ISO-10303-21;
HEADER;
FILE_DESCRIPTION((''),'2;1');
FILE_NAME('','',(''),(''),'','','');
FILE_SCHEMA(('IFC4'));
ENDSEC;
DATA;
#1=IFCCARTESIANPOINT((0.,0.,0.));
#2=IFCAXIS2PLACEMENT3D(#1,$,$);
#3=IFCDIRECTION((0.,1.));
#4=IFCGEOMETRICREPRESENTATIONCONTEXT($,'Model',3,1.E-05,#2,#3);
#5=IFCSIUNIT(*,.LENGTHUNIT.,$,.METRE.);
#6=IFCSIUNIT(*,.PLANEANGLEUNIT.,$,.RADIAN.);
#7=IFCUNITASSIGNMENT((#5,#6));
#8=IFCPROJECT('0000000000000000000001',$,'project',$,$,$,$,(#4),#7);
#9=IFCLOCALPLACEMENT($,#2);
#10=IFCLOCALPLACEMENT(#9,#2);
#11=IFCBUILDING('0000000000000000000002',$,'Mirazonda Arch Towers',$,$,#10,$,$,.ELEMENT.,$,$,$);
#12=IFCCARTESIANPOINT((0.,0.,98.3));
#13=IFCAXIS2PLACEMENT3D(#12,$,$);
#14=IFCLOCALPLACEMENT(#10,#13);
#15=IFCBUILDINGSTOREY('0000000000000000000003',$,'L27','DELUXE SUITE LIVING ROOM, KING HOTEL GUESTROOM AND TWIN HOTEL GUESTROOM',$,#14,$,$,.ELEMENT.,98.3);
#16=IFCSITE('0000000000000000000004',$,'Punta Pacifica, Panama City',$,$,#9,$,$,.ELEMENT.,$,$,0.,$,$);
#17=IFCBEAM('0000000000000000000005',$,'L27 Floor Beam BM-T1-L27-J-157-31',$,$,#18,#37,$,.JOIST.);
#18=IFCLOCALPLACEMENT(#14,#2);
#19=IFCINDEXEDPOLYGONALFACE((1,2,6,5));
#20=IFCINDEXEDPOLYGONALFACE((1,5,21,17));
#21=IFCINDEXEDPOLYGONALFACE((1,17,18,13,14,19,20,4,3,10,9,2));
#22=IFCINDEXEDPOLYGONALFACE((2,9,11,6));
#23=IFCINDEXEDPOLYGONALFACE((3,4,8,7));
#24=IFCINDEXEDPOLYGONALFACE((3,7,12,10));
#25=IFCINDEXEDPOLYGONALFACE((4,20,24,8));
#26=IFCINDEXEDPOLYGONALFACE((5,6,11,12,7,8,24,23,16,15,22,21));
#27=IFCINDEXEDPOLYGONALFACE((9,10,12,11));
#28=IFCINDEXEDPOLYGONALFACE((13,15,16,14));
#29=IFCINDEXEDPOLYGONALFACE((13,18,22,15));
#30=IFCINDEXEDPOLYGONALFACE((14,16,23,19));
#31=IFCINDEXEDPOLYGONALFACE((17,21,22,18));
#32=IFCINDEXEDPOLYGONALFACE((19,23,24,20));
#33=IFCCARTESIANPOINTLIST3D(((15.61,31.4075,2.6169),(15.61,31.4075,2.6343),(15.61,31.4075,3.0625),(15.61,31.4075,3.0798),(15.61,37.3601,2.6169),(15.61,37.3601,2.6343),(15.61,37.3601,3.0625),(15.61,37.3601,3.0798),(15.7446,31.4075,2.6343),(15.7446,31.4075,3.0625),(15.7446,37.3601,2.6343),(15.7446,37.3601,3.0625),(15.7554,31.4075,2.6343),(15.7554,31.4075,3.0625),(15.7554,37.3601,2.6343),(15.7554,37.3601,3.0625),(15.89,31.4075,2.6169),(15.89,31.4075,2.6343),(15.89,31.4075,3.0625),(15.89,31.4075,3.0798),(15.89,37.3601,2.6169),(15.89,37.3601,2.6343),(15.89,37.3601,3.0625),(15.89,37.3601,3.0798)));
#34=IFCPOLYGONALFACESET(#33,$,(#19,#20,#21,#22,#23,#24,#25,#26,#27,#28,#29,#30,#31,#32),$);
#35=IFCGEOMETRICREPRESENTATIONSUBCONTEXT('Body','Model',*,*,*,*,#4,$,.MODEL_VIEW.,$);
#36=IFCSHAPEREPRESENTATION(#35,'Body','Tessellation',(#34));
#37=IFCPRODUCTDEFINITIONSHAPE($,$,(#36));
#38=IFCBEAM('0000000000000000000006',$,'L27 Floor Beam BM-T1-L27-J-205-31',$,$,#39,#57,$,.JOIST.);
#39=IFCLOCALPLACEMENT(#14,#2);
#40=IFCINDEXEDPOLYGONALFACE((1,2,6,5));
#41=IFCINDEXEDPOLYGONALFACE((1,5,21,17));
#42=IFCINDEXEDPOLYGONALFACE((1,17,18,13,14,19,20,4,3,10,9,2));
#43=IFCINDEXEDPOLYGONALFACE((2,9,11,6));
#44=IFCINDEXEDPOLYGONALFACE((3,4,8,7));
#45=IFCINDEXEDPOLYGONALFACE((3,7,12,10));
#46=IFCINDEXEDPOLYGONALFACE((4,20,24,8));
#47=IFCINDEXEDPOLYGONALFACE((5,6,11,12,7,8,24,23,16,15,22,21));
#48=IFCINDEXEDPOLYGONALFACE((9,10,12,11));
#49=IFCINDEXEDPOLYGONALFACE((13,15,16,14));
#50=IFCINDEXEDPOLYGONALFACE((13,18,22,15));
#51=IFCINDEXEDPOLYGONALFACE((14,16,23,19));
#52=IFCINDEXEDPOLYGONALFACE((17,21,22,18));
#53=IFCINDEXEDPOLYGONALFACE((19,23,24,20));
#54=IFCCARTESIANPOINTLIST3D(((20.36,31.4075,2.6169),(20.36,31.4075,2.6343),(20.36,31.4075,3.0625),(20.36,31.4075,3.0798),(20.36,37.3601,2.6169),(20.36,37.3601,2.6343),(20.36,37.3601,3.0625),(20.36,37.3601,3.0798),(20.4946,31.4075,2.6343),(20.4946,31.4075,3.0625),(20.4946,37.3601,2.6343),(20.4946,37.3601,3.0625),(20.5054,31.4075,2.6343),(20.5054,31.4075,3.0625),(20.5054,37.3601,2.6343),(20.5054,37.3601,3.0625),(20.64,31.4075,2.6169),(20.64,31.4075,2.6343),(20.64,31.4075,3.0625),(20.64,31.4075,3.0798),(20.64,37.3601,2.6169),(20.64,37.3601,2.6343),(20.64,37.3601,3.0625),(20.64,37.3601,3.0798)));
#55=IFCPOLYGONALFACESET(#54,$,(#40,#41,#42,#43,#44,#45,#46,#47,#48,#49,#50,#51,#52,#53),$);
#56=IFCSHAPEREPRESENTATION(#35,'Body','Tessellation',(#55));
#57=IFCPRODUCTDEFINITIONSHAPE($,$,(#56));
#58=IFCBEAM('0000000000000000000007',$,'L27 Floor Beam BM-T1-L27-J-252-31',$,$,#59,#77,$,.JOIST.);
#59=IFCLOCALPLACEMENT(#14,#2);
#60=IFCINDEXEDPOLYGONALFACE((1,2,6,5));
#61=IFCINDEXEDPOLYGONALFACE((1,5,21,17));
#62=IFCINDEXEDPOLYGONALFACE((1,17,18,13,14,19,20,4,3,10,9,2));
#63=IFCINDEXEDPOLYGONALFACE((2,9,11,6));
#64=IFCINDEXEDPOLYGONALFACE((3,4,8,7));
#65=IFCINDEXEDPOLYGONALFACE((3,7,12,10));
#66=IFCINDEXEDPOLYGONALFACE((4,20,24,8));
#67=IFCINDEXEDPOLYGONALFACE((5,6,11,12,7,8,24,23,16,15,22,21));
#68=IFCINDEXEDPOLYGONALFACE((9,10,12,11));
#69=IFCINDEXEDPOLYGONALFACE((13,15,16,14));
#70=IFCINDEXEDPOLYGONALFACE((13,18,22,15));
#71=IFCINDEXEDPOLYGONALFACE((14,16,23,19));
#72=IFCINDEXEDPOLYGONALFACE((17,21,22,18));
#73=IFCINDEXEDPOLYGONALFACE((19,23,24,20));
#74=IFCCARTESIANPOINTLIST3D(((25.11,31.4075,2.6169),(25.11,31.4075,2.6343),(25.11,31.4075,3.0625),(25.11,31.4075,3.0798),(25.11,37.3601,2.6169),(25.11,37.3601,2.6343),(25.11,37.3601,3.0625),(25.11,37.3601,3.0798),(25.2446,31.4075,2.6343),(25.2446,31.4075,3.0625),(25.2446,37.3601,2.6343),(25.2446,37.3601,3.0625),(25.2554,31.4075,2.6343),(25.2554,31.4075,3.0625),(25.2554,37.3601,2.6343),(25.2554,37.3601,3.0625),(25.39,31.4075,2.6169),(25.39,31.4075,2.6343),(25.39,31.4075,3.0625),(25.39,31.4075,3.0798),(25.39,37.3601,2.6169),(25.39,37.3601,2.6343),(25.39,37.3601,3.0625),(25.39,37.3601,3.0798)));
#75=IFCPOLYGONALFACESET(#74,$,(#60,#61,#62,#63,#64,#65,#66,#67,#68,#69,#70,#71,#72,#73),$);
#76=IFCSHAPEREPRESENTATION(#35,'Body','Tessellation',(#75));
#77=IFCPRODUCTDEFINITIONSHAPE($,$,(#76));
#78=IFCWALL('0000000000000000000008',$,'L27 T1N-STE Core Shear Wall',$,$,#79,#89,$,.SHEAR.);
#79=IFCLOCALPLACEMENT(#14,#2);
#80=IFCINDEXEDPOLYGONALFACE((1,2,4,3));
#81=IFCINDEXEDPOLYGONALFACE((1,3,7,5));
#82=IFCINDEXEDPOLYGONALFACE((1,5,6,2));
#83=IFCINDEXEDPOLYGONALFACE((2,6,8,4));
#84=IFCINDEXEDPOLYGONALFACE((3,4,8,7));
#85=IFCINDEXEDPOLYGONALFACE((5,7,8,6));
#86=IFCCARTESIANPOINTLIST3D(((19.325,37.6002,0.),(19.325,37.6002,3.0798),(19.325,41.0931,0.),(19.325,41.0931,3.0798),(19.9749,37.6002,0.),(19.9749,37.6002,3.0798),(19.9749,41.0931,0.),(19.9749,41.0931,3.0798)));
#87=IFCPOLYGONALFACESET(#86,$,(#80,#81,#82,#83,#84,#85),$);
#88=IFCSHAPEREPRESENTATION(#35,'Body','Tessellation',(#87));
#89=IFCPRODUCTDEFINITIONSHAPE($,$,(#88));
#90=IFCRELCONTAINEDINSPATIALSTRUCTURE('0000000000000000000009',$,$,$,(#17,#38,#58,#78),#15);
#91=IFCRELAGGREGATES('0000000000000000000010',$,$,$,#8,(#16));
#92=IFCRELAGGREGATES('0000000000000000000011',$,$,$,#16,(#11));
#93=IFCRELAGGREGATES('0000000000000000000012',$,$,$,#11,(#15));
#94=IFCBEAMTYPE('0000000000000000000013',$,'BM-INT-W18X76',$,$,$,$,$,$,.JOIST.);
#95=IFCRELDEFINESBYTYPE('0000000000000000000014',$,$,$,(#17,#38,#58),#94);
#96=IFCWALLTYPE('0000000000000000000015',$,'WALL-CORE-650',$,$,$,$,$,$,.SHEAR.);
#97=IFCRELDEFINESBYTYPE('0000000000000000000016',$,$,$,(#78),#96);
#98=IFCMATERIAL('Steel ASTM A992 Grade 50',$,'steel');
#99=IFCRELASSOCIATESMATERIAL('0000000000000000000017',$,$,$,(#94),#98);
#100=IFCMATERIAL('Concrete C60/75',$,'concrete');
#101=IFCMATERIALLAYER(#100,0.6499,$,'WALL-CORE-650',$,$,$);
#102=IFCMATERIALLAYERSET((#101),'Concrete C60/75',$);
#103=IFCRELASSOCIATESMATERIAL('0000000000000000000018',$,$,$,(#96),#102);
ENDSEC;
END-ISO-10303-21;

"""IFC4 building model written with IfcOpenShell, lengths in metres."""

from ifc_helpers import new_model, si_unit, direction, frame, frame_2d, origin, origin_2d, place, context, subcontext, project, spatial, rectangle, i_section, extrude, material, layer, layer_set, material_profile, profile_set, type_object, element, save


model = new_model("IFC4")

# Units and contexts
model_context = context("Model", 3, precision=1e-05, world=origin(), true_north=direction((0.0, 1.0)))
body_context = subcontext(model_context, "Body", "Model", "MODEL_VIEW")
ifc_project = project(units=[si_unit("LENGTHUNIT", "METRE"), si_unit("PLANEANGLEUNIT", "RADIAN")], contexts=[model_context])

# Site, building, storey
site_placement = place(None, origin())
site = spatial("IfcSite", under=ifc_project, at=site_placement, Name="Punta Pacifica, Panama City", CompositionType="ELEMENT", RefElevation=0.0)
building_placement = place(site_placement, origin())
building = spatial("IfcBuilding", under=site, at=building_placement, Name="Mirazonda Arch Towers", CompositionType="ELEMENT")
storey_placement = place(building_placement, frame((0.0, 0.0, 98.3)))
storey = spatial("IfcBuildingStorey", under=building, at=storey_placement, Name="L27", Description="DELUXE SUITE LIVING ROOM, KING HOTEL GUESTROOM AND TWIN HOTEL GUESTROOM", CompositionType="ELEMENT", Elevation=98.3)

# Beams
ifc_material_1 = material(Name="Steel ASTM A992 Grade 50", Category="steel")
ifc_material_profile = material_profile(ifc_material_1, i_section(OverallWidth=0.28, OverallDepth=0.4629, WebThickness=0.0107, FlangeThickness=0.0173, at=origin_2d()), Name="W18X76")
ifc_profile_set = profile_set([ifc_material_profile], Name="Steel ASTM A992 Grade 50")
beam_type = type_object("IfcBeamType", Name="BM-INT-W18X76", PredefinedType="JOIST", material=ifc_profile_set)
for number, where, z_axis, x_axis, name in (
    (1, (15.75, 31.4075, 2.8484), (0.0, 1.0, 0.0), (-1.0, 0.0, 0.0), "L27 Floor Beam BM-T1-L27-J-157-31"),
    (2, (20.5, 31.4075, 2.8484), (0.0, 1.0, 0.0), (-1.0, 0.0, 0.0), "L27 Floor Beam BM-T1-L27-J-205-31"),
    (3, (25.25, 31.4075, 2.8484), (0.0, 1.0, 0.0), (-1.0, 0.0, 0.0), "L27 Floor Beam BM-T1-L27-J-252-31"),
):
    element("IfcBeam", number, at=place(storey_placement, frame(where, z_axis=z_axis, x_axis=x_axis)), inside=storey, type_object=beam_type, Name=name, PredefinedType="JOIST", context=body_context, shape_type="SweptSolid", body=[
        extrude(i_section(OverallWidth=0.28, OverallDepth=0.4629, WebThickness=0.0107, FlangeThickness=0.0173, at=origin_2d()), origin(), (0.0, 0.0, 1.0), 5.9526),
    ])

# Wall
ifc_material_2 = material(Name="Concrete C60/75", Category="concrete")
ifc_layer_1 = layer(ifc_material_2, 0.6499, Name="WALL-CORE-650")
ifc_layer_set_1 = layer_set([ifc_layer_1], Name="Concrete C60/75")
wall_type_1 = type_object("IfcWallType", Name="WALL-CORE-650", PredefinedType="SHEAR", material=ifc_layer_set_1)
wall_1_placement = place(storey_placement, frame((19.6499, 37.6001, 0.0), z_axis=(0.0, 0.0, 1.0), x_axis=(0.0, 1.0, 0.0)))
element("IfcWall", 4, at=wall_1_placement, inside=storey, type_object=wall_type_1, Name="L27 T1N-STE Core Shear Wall", PredefinedType="SHEAR", context=body_context, shape_type="SweptSolid", body=[
    extrude(rectangle(XDim=3.4929, YDim=0.6499, at=frame_2d((1.7466, 0.0))), origin(), (0.0, 0.0, 1.0), 3.0798),
])

save(model, "model.ifc")
